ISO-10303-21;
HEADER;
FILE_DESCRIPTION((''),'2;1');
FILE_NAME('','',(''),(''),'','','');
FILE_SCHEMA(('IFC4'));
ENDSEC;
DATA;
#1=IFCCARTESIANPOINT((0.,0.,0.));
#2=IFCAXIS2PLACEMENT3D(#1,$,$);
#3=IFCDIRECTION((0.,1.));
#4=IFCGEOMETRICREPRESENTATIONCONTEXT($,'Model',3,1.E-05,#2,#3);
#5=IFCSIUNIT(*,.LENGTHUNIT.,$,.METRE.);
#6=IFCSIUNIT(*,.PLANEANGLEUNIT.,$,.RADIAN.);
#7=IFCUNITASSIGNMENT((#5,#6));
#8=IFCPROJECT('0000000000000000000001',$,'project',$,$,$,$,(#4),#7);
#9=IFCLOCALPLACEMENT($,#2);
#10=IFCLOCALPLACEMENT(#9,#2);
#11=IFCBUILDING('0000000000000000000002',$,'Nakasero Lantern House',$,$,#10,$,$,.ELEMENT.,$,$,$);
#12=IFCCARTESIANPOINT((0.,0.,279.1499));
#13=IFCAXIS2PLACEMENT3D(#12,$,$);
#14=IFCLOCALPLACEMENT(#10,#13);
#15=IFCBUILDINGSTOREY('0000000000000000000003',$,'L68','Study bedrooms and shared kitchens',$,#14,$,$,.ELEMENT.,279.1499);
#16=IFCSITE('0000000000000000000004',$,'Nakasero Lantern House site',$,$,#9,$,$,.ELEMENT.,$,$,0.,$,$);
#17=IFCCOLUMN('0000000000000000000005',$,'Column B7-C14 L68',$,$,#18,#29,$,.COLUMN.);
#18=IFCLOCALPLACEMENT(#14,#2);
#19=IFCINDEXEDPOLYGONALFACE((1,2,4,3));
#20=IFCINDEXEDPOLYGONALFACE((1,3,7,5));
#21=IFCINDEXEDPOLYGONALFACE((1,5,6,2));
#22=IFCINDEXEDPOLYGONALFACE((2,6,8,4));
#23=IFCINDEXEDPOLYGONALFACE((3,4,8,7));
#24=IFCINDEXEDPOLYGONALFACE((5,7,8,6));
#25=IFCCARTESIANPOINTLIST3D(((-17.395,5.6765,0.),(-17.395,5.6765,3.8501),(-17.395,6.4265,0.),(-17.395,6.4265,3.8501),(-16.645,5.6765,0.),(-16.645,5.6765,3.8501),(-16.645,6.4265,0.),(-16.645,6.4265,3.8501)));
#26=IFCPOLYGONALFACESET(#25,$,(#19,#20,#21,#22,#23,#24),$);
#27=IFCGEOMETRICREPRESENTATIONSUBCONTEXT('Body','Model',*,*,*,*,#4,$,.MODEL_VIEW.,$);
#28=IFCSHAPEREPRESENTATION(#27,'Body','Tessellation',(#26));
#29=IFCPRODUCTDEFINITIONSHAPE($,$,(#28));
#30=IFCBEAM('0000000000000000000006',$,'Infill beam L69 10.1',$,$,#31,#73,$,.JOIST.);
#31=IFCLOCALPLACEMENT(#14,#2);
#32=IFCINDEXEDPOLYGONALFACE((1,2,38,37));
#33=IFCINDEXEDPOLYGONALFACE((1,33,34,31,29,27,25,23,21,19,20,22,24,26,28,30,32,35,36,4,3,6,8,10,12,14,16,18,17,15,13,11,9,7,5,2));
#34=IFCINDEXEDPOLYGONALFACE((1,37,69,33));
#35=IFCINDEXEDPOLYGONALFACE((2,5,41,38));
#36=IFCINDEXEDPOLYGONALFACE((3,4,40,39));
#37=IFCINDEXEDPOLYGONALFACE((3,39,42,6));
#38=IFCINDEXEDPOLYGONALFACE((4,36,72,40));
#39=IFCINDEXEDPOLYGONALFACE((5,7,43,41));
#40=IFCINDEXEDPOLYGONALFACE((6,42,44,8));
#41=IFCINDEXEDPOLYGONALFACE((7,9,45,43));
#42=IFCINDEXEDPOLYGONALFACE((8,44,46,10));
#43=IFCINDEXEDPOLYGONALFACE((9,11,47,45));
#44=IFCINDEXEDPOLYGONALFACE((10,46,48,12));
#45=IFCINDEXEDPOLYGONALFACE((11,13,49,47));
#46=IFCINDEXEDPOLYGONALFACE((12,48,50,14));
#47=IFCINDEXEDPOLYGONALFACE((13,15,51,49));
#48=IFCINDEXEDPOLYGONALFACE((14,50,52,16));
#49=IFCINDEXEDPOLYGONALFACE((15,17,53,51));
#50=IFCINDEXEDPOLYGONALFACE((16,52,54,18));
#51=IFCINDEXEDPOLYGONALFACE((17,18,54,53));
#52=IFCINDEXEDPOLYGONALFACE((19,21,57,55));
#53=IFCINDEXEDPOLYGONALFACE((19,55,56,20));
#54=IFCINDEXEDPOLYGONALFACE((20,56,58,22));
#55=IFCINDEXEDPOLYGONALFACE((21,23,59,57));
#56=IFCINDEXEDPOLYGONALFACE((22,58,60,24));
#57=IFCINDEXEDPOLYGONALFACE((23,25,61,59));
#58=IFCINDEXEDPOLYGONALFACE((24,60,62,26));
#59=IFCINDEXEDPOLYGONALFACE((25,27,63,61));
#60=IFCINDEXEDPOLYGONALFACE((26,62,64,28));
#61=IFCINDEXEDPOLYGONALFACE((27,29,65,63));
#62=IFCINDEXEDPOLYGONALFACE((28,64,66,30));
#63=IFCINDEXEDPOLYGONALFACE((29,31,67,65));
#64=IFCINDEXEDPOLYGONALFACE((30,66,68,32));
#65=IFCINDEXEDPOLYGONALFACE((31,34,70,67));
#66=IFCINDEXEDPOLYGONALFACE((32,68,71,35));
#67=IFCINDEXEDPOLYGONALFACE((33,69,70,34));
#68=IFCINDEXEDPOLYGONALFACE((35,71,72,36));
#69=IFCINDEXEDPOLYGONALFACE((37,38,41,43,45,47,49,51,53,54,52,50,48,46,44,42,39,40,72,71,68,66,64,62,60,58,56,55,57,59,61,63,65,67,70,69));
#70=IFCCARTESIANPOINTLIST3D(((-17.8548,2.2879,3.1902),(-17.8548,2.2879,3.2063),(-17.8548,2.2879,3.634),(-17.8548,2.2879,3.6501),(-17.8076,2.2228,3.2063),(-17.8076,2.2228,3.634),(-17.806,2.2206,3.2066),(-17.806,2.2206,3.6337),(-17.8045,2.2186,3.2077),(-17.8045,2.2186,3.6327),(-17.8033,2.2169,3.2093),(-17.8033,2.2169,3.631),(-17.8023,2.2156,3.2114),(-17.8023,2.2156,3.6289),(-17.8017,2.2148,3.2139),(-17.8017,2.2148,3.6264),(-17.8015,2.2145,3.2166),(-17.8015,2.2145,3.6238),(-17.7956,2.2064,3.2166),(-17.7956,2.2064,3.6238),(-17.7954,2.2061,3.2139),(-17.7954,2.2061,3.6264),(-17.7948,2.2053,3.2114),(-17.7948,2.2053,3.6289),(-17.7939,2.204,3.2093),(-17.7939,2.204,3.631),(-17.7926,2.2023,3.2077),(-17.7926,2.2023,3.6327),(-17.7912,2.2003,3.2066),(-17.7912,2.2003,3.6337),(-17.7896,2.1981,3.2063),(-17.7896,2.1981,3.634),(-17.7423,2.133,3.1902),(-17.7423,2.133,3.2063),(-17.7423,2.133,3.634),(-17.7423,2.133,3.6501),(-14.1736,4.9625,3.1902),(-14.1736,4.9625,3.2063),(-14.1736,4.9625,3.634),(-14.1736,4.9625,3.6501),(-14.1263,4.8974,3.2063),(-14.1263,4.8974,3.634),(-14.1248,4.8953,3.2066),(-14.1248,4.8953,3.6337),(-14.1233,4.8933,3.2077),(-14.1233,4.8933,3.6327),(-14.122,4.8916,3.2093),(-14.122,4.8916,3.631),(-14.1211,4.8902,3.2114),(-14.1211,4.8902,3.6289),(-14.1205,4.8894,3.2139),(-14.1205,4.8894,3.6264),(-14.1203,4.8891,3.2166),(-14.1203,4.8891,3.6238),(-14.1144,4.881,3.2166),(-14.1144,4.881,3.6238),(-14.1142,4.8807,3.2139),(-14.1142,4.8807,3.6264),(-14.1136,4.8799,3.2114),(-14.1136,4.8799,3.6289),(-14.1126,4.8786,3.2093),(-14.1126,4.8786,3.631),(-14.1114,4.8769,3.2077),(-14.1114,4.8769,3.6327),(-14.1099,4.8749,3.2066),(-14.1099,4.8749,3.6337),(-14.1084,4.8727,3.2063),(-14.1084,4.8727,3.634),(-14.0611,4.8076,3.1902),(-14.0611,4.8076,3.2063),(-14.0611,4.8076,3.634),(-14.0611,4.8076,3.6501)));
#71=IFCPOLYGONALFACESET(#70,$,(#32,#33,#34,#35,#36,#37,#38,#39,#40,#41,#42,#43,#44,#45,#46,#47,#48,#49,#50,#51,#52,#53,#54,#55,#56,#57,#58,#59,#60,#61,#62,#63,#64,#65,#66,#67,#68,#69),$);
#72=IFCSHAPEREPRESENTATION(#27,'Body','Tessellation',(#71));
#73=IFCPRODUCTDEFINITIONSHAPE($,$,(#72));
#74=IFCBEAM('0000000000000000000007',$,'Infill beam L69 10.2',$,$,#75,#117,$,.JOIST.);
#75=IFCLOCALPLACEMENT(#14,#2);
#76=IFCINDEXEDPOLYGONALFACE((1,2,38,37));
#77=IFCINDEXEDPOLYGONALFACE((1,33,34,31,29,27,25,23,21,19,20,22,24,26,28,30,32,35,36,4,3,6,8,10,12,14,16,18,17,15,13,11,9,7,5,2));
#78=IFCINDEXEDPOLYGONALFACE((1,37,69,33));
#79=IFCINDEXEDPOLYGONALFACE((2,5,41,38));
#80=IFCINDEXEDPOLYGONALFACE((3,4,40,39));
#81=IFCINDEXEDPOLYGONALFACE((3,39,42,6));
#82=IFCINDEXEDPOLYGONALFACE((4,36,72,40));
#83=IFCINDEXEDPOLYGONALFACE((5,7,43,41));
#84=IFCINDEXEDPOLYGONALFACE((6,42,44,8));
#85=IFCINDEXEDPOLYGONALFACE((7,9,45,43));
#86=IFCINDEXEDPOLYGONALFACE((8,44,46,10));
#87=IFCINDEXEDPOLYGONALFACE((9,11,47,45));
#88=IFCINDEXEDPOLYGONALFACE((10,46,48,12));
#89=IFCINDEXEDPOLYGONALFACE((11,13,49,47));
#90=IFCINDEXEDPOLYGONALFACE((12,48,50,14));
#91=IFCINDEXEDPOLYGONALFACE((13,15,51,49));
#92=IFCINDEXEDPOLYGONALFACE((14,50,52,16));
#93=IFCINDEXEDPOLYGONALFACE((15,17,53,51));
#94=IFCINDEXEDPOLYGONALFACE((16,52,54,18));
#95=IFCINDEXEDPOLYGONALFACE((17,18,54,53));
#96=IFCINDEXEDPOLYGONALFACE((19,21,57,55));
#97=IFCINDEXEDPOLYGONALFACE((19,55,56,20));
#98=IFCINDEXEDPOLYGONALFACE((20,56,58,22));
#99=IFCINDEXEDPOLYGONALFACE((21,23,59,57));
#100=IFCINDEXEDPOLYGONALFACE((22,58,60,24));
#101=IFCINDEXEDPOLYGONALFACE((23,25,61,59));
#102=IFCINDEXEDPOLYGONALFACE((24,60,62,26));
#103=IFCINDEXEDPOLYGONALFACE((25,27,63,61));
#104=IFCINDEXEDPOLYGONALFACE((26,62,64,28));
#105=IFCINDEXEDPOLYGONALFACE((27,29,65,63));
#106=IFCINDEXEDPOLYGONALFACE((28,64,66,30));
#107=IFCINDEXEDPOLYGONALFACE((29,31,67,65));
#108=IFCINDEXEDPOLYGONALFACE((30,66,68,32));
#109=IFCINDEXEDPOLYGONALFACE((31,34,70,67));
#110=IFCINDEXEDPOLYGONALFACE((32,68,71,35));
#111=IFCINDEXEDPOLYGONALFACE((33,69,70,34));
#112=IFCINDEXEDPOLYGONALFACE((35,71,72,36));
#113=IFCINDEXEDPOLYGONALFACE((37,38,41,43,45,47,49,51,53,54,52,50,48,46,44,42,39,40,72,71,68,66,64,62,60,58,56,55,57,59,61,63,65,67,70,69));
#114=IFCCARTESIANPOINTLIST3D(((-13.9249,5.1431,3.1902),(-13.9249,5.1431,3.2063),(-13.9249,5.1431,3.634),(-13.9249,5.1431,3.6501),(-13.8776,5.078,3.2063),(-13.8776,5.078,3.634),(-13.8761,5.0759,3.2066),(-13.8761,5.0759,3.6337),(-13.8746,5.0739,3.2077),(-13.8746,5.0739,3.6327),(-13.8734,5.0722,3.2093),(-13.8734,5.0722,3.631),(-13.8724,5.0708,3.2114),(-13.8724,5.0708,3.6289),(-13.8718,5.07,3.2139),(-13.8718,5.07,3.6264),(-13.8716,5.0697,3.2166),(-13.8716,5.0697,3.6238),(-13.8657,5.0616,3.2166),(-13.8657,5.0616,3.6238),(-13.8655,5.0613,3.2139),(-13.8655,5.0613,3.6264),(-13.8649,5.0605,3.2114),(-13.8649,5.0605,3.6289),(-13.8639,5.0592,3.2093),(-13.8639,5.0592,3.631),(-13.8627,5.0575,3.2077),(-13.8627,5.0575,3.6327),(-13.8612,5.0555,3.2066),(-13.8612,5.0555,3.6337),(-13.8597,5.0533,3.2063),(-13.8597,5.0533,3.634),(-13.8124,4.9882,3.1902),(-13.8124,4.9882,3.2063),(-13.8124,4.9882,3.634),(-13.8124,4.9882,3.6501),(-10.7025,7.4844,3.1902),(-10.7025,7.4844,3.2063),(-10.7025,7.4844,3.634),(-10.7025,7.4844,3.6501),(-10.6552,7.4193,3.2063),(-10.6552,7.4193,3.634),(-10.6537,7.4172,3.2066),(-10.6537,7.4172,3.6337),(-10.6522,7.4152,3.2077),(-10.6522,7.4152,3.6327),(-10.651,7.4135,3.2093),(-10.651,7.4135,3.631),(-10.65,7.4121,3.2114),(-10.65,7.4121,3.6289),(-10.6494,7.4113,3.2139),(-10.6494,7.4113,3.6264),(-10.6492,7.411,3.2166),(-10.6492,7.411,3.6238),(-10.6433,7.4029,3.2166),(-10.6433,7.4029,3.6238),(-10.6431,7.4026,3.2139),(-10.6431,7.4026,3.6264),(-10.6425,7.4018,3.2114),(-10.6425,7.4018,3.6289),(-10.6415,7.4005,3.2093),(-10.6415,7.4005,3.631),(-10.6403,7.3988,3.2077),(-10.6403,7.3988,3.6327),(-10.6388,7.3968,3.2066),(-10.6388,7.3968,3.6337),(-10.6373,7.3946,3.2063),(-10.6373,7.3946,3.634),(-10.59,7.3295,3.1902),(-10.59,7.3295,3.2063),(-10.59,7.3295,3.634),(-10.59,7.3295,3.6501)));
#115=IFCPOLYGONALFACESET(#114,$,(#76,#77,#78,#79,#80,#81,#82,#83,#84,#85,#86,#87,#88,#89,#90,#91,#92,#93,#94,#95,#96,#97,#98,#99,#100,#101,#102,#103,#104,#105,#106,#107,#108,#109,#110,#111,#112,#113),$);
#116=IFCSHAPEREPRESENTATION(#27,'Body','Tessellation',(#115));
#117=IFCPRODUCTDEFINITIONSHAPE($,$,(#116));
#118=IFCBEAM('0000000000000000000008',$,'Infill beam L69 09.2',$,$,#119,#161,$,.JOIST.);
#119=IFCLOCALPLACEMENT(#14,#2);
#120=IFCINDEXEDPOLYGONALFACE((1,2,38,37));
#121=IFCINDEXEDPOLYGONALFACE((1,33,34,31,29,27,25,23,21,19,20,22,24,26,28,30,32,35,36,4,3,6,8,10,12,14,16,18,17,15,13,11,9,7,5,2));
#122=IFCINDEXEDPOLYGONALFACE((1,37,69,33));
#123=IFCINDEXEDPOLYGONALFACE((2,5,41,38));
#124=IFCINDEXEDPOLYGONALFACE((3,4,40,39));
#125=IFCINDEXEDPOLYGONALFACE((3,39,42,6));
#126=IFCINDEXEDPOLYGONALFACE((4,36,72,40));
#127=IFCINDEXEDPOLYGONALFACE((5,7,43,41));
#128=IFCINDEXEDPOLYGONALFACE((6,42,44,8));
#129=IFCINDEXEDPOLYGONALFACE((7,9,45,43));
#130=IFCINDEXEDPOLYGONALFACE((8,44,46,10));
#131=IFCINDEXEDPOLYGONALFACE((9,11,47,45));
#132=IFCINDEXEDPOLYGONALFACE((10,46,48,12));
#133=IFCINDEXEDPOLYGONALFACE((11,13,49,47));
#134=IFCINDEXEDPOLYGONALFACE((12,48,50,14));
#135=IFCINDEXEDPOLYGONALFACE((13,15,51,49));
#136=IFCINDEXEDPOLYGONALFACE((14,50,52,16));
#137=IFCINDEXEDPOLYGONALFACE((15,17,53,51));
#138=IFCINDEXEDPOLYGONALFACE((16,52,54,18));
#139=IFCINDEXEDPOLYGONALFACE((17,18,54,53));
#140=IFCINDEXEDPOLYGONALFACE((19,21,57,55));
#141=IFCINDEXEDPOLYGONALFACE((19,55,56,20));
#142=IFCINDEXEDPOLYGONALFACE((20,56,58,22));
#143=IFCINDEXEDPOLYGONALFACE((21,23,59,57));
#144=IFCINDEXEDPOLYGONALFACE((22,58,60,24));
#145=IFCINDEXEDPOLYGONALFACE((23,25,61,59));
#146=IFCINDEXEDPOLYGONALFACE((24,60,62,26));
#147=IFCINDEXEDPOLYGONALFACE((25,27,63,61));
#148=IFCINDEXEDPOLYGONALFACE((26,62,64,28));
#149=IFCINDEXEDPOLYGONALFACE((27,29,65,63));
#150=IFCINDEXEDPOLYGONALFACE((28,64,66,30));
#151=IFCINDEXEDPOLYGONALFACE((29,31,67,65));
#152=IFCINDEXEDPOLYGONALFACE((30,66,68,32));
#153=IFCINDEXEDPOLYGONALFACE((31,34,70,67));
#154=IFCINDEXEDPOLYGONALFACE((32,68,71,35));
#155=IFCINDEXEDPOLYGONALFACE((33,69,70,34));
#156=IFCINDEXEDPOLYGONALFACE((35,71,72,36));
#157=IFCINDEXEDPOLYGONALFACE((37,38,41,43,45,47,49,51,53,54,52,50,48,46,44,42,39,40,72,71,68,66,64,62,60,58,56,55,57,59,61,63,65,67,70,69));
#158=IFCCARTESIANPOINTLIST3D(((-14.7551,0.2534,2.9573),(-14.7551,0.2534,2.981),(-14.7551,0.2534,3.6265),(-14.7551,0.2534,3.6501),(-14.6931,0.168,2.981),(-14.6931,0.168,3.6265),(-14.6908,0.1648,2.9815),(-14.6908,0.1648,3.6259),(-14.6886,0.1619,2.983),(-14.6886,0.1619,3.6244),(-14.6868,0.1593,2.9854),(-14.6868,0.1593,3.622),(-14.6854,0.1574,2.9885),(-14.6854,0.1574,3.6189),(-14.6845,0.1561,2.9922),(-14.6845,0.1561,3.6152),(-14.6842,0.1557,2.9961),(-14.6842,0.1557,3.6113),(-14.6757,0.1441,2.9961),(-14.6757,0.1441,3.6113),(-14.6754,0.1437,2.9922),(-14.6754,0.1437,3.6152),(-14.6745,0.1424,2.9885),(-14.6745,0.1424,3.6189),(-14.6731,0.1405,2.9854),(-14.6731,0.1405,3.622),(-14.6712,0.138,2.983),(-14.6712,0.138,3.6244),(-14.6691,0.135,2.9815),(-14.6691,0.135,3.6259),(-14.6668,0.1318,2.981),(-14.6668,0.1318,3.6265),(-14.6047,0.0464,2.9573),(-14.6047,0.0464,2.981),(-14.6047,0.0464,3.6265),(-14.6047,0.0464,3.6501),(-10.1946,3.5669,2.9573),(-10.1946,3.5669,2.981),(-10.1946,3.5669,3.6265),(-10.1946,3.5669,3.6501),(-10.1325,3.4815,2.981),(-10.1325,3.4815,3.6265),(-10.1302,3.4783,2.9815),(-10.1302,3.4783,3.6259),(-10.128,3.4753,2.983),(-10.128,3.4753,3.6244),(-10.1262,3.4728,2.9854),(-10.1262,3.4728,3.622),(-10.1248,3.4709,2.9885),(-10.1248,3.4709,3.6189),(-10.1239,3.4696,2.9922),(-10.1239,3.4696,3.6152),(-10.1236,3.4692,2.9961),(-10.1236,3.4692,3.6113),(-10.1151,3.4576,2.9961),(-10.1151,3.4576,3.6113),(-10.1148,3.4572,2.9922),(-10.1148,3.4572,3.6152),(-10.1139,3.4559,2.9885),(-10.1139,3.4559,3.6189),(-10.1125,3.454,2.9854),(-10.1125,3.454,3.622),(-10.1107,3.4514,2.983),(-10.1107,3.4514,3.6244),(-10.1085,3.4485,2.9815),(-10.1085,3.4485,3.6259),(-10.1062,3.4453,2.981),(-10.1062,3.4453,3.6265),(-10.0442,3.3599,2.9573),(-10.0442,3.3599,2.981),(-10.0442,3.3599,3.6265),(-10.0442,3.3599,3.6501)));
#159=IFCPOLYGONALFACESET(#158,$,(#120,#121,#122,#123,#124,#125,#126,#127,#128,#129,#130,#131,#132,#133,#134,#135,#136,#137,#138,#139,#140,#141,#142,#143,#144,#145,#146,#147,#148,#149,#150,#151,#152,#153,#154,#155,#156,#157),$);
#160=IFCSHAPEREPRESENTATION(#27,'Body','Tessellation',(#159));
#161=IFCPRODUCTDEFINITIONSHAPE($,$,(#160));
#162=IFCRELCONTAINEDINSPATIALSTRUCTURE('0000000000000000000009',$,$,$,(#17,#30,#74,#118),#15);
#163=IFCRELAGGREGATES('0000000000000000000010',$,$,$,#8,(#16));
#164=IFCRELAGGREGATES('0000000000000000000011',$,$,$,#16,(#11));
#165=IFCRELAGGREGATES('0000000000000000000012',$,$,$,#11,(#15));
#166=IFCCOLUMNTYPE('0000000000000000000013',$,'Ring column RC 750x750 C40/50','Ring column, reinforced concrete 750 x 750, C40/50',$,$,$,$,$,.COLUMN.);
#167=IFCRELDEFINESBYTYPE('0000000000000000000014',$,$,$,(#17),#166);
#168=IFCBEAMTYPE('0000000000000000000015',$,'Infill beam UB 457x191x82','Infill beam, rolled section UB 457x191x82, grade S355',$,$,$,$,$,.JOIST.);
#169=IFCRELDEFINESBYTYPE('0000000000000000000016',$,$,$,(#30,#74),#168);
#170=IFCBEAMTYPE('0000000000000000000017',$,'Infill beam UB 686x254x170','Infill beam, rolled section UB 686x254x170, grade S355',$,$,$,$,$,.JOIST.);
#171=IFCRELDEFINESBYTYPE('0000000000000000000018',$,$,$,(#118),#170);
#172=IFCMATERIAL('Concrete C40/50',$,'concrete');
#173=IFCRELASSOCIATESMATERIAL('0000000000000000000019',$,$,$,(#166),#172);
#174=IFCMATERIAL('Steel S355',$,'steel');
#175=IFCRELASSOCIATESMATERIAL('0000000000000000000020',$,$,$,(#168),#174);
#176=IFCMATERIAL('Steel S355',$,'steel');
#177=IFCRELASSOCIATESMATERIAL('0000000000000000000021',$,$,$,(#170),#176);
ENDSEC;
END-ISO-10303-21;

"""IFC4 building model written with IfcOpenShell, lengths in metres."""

from ifc_helpers import new_model, si_unit, direction, frame, origin, origin_2d, place, context, subcontext, project, spatial, rectangle, i_section, extrude, material, material_profile, profile_set, type_object, element, save


model = new_model("IFC4")

# Units and contexts
model_context = context("Model", 3, precision=1e-05, world=origin(), true_north=direction((0.0, 1.0)))
body_context = subcontext(model_context, "Body", "Model", "MODEL_VIEW")
ifc_project = project(units=[si_unit("LENGTHUNIT", "METRE"), si_unit("PLANEANGLEUNIT", "RADIAN")], contexts=[model_context])

# Site, building, storey
site_placement = place(None, origin())
site = spatial("IfcSite", under=ifc_project, at=site_placement, Name="Nakasero Lantern House site", CompositionType="ELEMENT", RefElevation=0.0)
building_placement = place(site_placement, origin())
building = spatial("IfcBuilding", under=site, at=building_placement, Name="Nakasero Lantern House", CompositionType="ELEMENT")
storey_placement = place(building_placement, frame((0.0, 0.0, 279.1499)))
storey = spatial("IfcBuildingStorey", under=building, at=storey_placement, Name="L68", Description="Study bedrooms and shared kitchens", CompositionType="ELEMENT", Elevation=279.1499)

# Column
ifc_material_1 = material(Name="Concrete C40/50", Category="concrete")
ifc_material_profile_1 = material_profile(ifc_material_1, rectangle(XDim=0.75, YDim=0.75, at=origin_2d()), Name="RC 750x750")
ifc_profile_set_1 = profile_set([ifc_material_profile_1], Name="Concrete C40/50")
column_type = type_object("IfcColumnType", Name="Ring column RC 750x750 C40/50", Description="Ring column, reinforced concrete 750 x 750, C40/50", PredefinedType="COLUMN", material=ifc_profile_set_1)
column_placement = place(storey_placement, frame((-17.02, 6.0515, 0.0), z_axis=(0.0, 0.0, 1.0), x_axis=(1.0, 0.0, 0.0)))
element("IfcColumn", 1, at=column_placement, inside=storey, type_object=column_type, Name="Column B7-C14 L68", PredefinedType="COLUMN", context=body_context, shape_type="SweptSolid", body=[
    extrude(rectangle(XDim=0.75, YDim=0.75, at=origin_2d()), origin(), (0.0, 0.0, 1.0), 3.8501),
])

# Beams
ifc_material_2 = material(Name="Steel S355", Category="steel")
ifc_material_profile_2 = material_profile(ifc_material_2, i_section(OverallWidth=0.1914, OverallDepth=0.46, WebThickness=0.01, FlangeThickness=0.0161, FilletRadius=0.0103, at=origin_2d()), Name="UB 457x191x82")
ifc_profile_set_2 = profile_set([ifc_material_profile_2], Name="Steel S355")
beam_type_1 = type_object("IfcBeamType", Name="Infill beam UB 457x191x82", Description="Infill beam, rolled section UB 457x191x82, grade S355", PredefinedType="JOIST", material=ifc_profile_set_2)
beam_1_placement = place(storey_placement, frame((-17.7986, 2.2104, 3.4202), z_axis=(0.809012, 0.587792, 0.0), x_axis=(-0.587792, 0.809012, 0.0)))
element("IfcBeam", 2, at=beam_1_placement, inside=storey, type_object=beam_type_1, Name="Infill beam L69 10.1", PredefinedType="JOIST", context=body_context, shape_type="SweptSolid", body=[
    extrude(i_section(OverallWidth=0.1914, OverallDepth=0.46, WebThickness=0.01, FlangeThickness=0.0161, FilletRadius=0.0103, at=origin_2d()), origin(), (0.0, 0.0, 1.0), 4.5503),
])
beam_2_placement = place(storey_placement, frame((-13.8687, 5.0657, 3.4202), z_axis=(0.809006, 0.5878, 0.0), x_axis=(-0.5878, 0.809006, 0.0)))
element("IfcBeam", 3, at=beam_2_placement, inside=storey, type_object=beam_type_1, Name="Infill beam L69 10.2", PredefinedType="JOIST", context=body_context, shape_type="SweptSolid", body=[
    extrude(i_section(OverallWidth=0.1914, OverallDepth=0.46, WebThickness=0.01, FlangeThickness=0.0161, FilletRadius=0.0103, at=origin_2d()), origin(), (0.0, 0.0, 1.0), 3.9832),
])
ifc_material_3 = material(Name="Steel S355", Category="steel")
ifc_material_profile_3 = material_profile(ifc_material_3, i_section(OverallWidth=0.2559, OverallDepth=0.6929, WebThickness=0.0144, FlangeThickness=0.0237, FilletRadius=0.0151, at=origin_2d()), Name="UB 686x254x170")
ifc_profile_set_3 = profile_set([ifc_material_profile_3], Name="Steel S355")
beam_type_2 = type_object("IfcBeamType", Name="Infill beam UB 686x254x170", Description="Infill beam, rolled section UB 686x254x170, grade S355", PredefinedType="JOIST", material=ifc_profile_set_3)
beam_3_placement = place(storey_placement, frame((-14.6799, 0.1499, 3.3037), z_axis=(0.809013, 0.587791, 0.0), x_axis=(-0.587791, 0.809013, 0.0)))
element("IfcBeam", 4, at=beam_3_placement, inside=storey, type_object=beam_type_2, Name="Infill beam L69 09.2", PredefinedType="JOIST", context=body_context, shape_type="SweptSolid", body=[
    extrude(i_section(OverallWidth=0.2559, OverallDepth=0.6929, WebThickness=0.0144, FlangeThickness=0.0237, FilletRadius=0.0151, at=origin_2d()), origin(), (0.0, 0.0, 1.0), 5.6372),
])

save(model, "model.ifc")
